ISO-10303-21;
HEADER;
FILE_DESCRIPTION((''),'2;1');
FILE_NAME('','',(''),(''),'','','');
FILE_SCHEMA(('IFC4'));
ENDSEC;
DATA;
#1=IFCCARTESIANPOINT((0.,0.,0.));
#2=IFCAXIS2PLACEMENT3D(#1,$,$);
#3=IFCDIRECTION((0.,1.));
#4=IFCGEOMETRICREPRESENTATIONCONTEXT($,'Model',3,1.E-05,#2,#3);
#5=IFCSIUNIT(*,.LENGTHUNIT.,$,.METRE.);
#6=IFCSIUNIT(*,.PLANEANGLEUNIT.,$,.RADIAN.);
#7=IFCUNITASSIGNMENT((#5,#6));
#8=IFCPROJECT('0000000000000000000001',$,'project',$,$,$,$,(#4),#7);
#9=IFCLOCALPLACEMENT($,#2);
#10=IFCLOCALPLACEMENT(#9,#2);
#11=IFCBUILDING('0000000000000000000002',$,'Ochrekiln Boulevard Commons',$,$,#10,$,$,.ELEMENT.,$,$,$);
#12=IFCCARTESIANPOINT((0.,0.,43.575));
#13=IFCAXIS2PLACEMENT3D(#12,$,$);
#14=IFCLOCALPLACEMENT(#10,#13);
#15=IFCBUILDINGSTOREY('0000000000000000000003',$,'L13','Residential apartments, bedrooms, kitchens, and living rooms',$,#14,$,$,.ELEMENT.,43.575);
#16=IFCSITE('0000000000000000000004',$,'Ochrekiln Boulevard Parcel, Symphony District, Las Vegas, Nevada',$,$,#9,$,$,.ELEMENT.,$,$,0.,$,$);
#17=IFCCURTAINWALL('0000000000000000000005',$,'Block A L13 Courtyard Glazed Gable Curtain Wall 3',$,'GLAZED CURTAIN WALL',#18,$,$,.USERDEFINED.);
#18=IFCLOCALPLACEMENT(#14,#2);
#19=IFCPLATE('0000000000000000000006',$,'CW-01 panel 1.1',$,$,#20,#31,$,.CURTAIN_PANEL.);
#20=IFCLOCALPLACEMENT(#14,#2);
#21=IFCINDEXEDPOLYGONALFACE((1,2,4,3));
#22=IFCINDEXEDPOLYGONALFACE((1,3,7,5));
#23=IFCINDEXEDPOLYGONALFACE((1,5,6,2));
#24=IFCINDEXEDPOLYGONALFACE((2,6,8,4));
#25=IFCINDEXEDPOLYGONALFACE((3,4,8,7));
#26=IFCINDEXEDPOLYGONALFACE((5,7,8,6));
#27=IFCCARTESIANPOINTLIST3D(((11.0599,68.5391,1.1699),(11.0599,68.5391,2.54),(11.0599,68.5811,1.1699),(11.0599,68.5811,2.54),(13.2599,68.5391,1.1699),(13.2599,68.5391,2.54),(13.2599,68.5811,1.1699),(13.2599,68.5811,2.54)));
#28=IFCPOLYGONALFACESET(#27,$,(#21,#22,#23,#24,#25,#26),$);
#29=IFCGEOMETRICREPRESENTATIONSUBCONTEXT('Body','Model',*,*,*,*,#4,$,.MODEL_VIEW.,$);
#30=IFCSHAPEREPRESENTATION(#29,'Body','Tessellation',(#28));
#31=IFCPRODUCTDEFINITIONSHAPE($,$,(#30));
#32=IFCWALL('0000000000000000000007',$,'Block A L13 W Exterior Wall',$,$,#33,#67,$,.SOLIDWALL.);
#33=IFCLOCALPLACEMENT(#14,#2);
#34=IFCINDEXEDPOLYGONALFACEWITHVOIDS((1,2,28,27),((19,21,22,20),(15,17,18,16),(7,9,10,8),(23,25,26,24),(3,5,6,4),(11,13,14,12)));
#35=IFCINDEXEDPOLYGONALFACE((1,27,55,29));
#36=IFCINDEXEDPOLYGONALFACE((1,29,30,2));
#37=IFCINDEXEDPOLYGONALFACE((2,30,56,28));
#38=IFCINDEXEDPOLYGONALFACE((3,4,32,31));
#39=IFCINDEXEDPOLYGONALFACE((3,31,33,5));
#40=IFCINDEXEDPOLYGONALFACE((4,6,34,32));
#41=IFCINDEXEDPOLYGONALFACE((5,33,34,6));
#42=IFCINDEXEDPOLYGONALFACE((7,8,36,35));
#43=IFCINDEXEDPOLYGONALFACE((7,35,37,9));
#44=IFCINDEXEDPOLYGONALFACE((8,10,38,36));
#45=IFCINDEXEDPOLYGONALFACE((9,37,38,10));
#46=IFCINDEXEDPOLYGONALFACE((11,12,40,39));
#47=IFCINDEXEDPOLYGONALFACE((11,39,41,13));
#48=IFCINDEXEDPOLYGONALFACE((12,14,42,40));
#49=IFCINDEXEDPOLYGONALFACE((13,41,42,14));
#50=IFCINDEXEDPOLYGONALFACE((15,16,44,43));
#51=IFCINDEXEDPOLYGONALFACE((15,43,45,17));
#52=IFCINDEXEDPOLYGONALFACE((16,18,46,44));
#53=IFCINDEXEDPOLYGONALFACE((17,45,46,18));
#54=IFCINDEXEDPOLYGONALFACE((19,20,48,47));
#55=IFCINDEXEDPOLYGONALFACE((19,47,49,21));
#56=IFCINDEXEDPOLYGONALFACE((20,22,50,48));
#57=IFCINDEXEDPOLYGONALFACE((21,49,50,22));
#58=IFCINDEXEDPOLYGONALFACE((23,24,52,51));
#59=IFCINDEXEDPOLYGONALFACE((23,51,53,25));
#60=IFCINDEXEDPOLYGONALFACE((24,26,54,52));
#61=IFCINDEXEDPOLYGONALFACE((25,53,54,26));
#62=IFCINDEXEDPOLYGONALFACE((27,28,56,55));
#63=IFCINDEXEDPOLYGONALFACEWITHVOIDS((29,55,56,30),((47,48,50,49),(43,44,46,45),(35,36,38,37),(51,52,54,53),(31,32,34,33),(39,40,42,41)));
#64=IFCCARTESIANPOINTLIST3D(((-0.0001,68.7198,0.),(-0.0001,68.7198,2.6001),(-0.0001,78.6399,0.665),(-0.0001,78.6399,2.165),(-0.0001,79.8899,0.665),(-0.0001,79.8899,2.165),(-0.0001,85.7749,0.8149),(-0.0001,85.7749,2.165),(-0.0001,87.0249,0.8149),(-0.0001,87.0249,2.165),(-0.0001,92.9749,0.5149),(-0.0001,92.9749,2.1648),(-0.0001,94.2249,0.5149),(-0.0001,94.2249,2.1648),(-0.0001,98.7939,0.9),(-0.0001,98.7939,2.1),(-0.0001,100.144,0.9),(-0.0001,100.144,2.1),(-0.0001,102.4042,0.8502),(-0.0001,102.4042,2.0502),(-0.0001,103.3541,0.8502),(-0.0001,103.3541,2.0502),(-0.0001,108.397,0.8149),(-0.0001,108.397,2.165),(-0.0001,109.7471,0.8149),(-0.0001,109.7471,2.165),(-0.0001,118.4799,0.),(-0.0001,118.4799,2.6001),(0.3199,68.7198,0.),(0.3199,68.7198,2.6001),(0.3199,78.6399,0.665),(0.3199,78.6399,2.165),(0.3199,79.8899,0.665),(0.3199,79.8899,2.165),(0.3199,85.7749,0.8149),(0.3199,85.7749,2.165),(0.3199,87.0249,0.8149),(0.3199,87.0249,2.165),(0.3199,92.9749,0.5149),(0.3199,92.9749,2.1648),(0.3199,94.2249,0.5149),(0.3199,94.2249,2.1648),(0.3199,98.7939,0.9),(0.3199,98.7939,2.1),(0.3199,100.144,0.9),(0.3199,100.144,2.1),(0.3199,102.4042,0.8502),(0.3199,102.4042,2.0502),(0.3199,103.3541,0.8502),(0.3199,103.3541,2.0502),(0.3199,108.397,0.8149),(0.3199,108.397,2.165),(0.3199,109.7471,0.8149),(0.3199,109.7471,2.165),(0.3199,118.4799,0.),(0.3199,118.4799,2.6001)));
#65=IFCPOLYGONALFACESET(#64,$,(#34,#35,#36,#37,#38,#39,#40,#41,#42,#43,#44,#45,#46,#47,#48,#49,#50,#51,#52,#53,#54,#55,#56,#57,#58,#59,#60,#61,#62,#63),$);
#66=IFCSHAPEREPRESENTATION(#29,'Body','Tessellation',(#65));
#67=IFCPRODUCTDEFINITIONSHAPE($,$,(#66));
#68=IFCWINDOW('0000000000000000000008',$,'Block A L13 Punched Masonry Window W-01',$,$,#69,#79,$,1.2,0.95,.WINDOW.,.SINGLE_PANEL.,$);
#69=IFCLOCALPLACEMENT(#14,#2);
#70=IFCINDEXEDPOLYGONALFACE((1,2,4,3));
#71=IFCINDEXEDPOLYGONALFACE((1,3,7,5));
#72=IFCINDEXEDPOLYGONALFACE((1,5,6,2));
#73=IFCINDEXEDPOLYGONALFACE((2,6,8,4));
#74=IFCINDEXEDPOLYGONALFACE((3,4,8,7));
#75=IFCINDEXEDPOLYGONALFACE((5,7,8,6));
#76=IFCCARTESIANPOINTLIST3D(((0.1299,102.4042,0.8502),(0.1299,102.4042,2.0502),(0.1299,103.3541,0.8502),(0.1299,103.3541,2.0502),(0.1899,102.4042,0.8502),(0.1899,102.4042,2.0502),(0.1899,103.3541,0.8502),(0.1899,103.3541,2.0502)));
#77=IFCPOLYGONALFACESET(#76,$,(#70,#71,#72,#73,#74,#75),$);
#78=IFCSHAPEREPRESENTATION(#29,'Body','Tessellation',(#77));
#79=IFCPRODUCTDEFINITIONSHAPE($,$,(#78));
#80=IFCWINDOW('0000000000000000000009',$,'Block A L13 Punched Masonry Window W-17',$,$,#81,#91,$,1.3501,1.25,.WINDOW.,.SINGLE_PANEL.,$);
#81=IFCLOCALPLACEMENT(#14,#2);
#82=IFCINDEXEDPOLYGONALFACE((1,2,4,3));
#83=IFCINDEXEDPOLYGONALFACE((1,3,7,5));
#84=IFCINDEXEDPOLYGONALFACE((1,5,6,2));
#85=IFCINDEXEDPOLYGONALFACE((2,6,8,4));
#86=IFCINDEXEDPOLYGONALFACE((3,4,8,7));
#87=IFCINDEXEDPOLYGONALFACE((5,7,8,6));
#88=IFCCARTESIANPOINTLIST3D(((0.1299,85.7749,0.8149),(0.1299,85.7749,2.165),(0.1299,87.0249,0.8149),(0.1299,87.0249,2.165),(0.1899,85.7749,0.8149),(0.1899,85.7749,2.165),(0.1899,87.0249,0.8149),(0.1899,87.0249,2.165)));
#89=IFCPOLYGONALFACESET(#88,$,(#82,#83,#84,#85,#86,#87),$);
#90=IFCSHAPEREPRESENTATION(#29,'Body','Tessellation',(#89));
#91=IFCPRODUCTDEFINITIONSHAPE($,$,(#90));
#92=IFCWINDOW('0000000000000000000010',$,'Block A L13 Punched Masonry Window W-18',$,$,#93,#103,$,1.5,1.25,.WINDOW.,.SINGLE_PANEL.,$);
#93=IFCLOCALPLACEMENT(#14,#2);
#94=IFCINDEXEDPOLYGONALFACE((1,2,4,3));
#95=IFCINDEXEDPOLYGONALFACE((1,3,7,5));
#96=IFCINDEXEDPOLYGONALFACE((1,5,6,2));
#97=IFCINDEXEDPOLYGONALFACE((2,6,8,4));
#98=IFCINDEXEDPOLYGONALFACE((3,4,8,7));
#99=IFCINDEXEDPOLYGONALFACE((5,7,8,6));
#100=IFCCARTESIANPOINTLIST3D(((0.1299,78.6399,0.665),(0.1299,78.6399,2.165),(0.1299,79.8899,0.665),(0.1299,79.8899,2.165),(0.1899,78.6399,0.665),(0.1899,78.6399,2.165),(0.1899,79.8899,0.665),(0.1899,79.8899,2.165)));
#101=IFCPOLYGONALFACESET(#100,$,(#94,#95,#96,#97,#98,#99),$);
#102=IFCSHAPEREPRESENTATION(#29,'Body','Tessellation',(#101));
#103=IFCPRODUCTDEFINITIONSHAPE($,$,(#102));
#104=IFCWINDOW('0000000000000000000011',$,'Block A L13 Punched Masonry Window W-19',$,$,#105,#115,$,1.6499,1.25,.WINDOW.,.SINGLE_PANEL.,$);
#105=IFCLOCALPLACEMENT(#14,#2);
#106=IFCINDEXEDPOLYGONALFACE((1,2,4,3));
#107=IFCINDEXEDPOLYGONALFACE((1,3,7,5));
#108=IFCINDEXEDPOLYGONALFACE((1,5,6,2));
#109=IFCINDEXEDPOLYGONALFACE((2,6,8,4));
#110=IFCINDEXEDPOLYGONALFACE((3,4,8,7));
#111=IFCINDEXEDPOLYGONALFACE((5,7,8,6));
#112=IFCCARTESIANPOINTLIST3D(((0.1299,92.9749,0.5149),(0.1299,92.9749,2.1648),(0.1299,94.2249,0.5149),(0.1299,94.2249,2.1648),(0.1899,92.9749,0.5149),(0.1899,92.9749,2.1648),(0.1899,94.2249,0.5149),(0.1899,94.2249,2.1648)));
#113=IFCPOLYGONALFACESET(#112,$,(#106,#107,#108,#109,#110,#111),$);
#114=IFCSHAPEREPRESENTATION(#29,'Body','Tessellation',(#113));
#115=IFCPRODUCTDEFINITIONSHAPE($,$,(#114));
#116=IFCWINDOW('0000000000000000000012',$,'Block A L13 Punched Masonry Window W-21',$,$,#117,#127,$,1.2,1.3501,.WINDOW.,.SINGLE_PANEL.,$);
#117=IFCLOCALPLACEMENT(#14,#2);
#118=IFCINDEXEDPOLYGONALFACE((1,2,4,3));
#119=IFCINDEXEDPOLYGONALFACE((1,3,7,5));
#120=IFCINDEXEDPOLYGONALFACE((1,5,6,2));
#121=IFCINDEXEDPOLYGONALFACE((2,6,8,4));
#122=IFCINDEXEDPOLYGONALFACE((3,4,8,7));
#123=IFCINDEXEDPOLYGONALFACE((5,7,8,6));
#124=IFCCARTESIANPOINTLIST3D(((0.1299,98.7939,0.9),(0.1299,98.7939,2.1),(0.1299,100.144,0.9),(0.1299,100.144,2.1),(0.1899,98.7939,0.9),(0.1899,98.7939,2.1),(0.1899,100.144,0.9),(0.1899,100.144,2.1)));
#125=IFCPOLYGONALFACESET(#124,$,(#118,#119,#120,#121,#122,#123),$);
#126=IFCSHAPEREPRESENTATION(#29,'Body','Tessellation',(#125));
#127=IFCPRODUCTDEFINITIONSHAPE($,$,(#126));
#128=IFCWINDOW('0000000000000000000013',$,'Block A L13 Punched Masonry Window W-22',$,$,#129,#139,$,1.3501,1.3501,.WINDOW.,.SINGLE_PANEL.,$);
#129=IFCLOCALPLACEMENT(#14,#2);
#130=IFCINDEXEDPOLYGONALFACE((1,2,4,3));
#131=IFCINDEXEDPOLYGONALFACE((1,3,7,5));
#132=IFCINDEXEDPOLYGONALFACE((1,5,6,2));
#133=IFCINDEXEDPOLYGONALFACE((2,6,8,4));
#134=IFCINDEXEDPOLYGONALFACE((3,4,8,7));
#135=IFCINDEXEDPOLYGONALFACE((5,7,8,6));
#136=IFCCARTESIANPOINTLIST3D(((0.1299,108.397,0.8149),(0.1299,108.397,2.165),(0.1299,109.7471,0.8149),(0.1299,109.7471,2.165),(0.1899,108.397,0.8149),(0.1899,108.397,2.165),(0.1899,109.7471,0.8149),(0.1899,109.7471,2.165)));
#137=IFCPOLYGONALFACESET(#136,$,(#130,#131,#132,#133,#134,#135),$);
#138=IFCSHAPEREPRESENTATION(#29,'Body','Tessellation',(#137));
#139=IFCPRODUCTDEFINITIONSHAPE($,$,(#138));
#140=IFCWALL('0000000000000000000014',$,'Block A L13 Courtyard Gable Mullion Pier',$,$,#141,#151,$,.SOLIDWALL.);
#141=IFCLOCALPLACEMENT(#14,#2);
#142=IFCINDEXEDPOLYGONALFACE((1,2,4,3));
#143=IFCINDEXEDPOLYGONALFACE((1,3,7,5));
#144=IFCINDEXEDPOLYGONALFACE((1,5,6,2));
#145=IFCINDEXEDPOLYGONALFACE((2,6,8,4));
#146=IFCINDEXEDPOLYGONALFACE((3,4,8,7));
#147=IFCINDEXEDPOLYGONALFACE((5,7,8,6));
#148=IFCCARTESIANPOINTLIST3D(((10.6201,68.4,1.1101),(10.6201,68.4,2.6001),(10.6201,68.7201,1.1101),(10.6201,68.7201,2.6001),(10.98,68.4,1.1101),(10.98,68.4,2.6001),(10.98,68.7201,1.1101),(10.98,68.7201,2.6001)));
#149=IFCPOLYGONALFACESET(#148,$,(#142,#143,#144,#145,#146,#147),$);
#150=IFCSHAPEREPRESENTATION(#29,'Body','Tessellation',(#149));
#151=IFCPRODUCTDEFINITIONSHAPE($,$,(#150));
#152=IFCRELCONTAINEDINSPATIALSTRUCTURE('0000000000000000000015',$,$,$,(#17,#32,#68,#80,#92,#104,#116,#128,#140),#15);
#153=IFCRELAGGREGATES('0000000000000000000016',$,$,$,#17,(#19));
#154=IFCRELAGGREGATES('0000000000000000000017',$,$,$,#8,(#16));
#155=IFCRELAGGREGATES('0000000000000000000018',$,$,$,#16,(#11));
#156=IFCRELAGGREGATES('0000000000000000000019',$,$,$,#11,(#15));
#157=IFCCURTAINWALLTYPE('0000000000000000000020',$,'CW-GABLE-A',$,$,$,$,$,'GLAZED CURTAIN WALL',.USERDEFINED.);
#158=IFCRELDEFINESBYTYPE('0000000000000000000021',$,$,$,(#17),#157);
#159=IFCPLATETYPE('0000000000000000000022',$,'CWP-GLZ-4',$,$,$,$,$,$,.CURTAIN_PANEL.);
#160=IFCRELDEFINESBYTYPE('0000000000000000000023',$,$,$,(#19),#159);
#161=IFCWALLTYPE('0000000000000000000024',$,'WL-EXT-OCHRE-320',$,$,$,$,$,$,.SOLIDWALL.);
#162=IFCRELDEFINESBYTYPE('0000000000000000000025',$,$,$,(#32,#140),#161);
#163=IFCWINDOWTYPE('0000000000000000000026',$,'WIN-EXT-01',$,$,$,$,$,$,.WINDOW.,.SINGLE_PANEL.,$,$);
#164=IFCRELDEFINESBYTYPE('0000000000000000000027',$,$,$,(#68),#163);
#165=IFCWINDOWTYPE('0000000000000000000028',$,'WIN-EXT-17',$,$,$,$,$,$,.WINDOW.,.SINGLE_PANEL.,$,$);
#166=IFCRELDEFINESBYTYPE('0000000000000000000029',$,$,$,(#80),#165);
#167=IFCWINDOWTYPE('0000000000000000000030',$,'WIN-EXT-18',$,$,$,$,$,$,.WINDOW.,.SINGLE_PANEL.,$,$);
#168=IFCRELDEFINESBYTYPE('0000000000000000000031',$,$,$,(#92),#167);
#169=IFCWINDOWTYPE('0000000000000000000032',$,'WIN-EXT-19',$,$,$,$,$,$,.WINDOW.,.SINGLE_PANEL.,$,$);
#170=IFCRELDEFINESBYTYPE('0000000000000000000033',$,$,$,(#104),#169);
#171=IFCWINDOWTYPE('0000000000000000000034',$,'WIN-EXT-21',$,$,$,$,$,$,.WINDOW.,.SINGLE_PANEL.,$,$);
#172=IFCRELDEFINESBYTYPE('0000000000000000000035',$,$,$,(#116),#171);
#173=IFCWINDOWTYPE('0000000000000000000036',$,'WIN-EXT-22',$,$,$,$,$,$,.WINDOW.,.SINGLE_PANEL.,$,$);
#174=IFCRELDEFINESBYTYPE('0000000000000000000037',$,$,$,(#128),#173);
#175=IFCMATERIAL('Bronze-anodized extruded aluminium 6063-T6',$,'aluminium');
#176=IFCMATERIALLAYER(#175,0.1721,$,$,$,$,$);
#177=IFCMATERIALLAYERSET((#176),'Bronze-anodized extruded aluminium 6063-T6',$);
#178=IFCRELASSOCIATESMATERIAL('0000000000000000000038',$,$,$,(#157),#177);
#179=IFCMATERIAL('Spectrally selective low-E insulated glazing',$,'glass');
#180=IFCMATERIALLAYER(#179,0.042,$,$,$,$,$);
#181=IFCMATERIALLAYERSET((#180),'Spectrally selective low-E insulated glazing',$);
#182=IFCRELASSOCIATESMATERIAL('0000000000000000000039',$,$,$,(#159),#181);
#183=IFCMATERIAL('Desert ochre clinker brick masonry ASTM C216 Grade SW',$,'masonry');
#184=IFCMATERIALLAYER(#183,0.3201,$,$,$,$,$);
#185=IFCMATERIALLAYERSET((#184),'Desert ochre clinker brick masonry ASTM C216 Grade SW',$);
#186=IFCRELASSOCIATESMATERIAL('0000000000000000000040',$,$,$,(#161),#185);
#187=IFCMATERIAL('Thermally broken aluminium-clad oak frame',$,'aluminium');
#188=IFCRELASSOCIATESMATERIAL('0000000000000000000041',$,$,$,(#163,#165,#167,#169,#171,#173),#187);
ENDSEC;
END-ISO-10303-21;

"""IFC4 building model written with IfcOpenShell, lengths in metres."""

from ifc_helpers import new_model, si_unit, direction, frame, frame_2d, origin, origin_2d, place, context, subcontext, project, spatial, rectangle, extrude, material, layer, layer_set, type_object, element, fill, aggregate, save


model = new_model("IFC4")

# Units and contexts
model_context = context("Model", 3, precision=1e-05, world=origin(), true_north=direction((0.0, 1.0)))
body_context = subcontext(model_context, "Body", "Model", "MODEL_VIEW")
ifc_project = project(units=[si_unit("LENGTHUNIT", "METRE"), si_unit("PLANEANGLEUNIT", "RADIAN")], contexts=[model_context])

# Site, building, storey
site_placement = place(None, origin())
site = spatial("IfcSite", under=ifc_project, at=site_placement, Name="Ochrekiln Boulevard Parcel, Symphony District, Las Vegas, Nevada", CompositionType="ELEMENT", RefElevation=0.0)
building_placement = place(site_placement, origin())
building = spatial("IfcBuilding", under=site, at=building_placement, Name="Ochrekiln Boulevard Commons", CompositionType="ELEMENT")
storey_placement = place(building_placement, frame((0.0, 0.0, 43.575)))
storey = spatial("IfcBuildingStorey", under=building, at=storey_placement, Name="L13", Description="Residential apartments, bedrooms, kitchens, and living rooms", CompositionType="ELEMENT", Elevation=43.575)

# Curtain wall
ifc_material_1 = material(Name="Bronze-anodized extruded aluminium 6063-T6", Category="aluminium")
ifc_layer_1 = layer(ifc_material_1, 0.1721)
ifc_layer_set_1 = layer_set([ifc_layer_1], Name="Bronze-anodized extruded aluminium 6063-T6")
curtain_wall_type = type_object("IfcCurtainWallType", Name="CW-GABLE-A", ElementType="GLAZED CURTAIN WALL", PredefinedType="USERDEFINED", material=ifc_layer_set_1)
curtain_wall_1_placement = place(storey_placement, origin())
curtain_wall_1 = element("IfcCurtainWall", 1, at=curtain_wall_1_placement, inside=storey, type_object=curtain_wall_type, Name="Block A L13 Courtyard Glazed Gable Curtain Wall 3", ObjectType="GLAZED CURTAIN WALL", PredefinedType="USERDEFINED")

# Plate
ifc_material_2 = material(Name="Spectrally selective low-E insulated glazing", Category="glass")
ifc_layer_2 = layer(ifc_material_2, 0.042)
ifc_layer_set_2 = layer_set([ifc_layer_2], Name="Spectrally selective low-E insulated glazing")
plate_type_1 = type_object("IfcPlateType", Name="CWP-GLZ-4", PredefinedType="CURTAIN_PANEL", material=ifc_layer_set_2)
plate_1_placement = place(storey_placement, frame((12.1599, 68.5601, 1.1699), z_axis=(0.0, 0.0, 1.0), x_axis=(1.0, 0.0, 0.0)))
plate_1 = element("IfcPlate", 2, at=plate_1_placement, type_object=plate_type_1, Name="CW-01 panel 1.1", PredefinedType="CURTAIN_PANEL", context=body_context, shape_type="SweptSolid", body=[
    extrude(rectangle(XDim=2.2, YDim=0.042, at=origin_2d()), origin(), (0.0, 0.0, 1.0), 1.3701),
])
aggregate(curtain_wall_1, [plate_1])

# Wall, openings, windows
ifc_material_3 = material(Name="Desert ochre clinker brick masonry ASTM C216 Grade SW", Category="masonry")
ifc_layer_3 = layer(ifc_material_3, 0.3201)
ifc_layer_set_3 = layer_set([ifc_layer_3], Name="Desert ochre clinker brick masonry ASTM C216 Grade SW")
wall_type_1 = type_object("IfcWallType", Name="WL-EXT-OCHRE-320", PredefinedType="SOLIDWALL", material=ifc_layer_set_3)
wall_1_placement = place(storey_placement, frame((0.1599, 68.72, 0.0), z_axis=(0.0, 0.0, 1.0), x_axis=(0.0, 1.0, 0.0)))
wall_1 = element("IfcWall", 3, at=wall_1_placement, inside=storey, type_object=wall_type_1, Name="Block A L13 W Exterior Wall", PredefinedType="SOLIDWALL", context=body_context, shape_type="SweptSolid", body=[
    extrude(rectangle(XDim=49.76, YDim=0.3201, at=frame_2d((24.8799, 0.0))), origin(), (0.0, 0.0, 1.0), 2.6001),
])
opening_1_placement = place(wall_1_placement, frame((17.0549, 0.0, 0.8149)))
opening_1 = element("IfcOpeningElement", 4, at=opening_1_placement, cuts=wall_1, PredefinedType="OPENING", context=body_context, shape_type="SweptSolid", body=[
    extrude(rectangle(XDim=1.25, YDim=1.3501, at=frame_2d((0.625, 0.675))), frame((0.0, 0.1699, 0.0), z_axis=(0.0, -1.0, 0.0), x_axis=(1.0, 0.0, 0.0)), (0.0, 0.0, 1.0), 0.3401),
])
opening_2_placement = place(wall_1_placement, frame((9.9199, 0.0, 0.665)))
opening_2 = element("IfcOpeningElement", 5, at=opening_2_placement, cuts=wall_1, PredefinedType="OPENING", context=body_context, shape_type="SweptSolid", body=[
    extrude(rectangle(XDim=1.25, YDim=1.5, at=frame_2d((0.625, 0.75))), frame((0.0, 0.1699, 0.0), z_axis=(0.0, -1.0, 0.0), x_axis=(1.0, 0.0, 0.0)), (0.0, 0.0, 1.0), 0.3401),
])
opening_3_placement = place(wall_1_placement, frame((24.2549, 0.0, 0.5149)))
opening_3 = element("IfcOpeningElement", 6, at=opening_3_placement, cuts=wall_1, PredefinedType="OPENING", context=body_context, shape_type="SweptSolid", body=[
    extrude(rectangle(XDim=1.25, YDim=1.6499, at=frame_2d((0.625, 0.825))), frame((0.0, 0.1699, 0.0), z_axis=(0.0, -1.0, 0.0), x_axis=(1.0, 0.0, 0.0)), (0.0, 0.0, 1.0), 0.3401),
])
opening_4_placement = place(wall_1_placement, frame((33.6841, 0.0, 0.8501)))
opening_4 = element("IfcOpeningElement", 7, at=opening_4_placement, cuts=wall_1, PredefinedType="OPENING", context=body_context, shape_type="SweptSolid", body=[
    extrude(rectangle(XDim=0.95, YDim=1.2, at=frame_2d((0.4751, 0.6001))), frame((0.0, 0.1699, 0.0), z_axis=(0.0, -1.0, 0.0), x_axis=(1.0, 0.0, 0.0)), (0.0, 0.0, 1.0), 0.3401),
])
opening_5_placement = place(wall_1_placement, frame((30.074, 0.0, 0.8999)))
opening_5 = element("IfcOpeningElement", 8, at=opening_5_placement, cuts=wall_1, PredefinedType="OPENING", context=body_context, shape_type="SweptSolid", body=[
    extrude(rectangle(XDim=1.3501, YDim=1.2, at=frame_2d((0.675, 0.6001))), frame((0.0, 0.1699, 0.0), z_axis=(0.0, -1.0, 0.0), x_axis=(1.0, 0.0, 0.0)), (0.0, 0.0, 1.0), 0.3401),
])
opening_6_placement = place(wall_1_placement, frame((39.677, 0.0, 0.8149)))
opening_6 = element("IfcOpeningElement", 9, at=opening_6_placement, cuts=wall_1, PredefinedType="OPENING", context=body_context, shape_type="SweptSolid", body=[
    extrude(rectangle(XDim=1.3501, YDim=1.3501, at=frame_2d((0.675, 0.675))), frame((0.0, 0.1699, 0.0), z_axis=(0.0, -1.0, 0.0), x_axis=(1.0, 0.0, 0.0)), (0.0, 0.0, 1.0), 0.3401),
])
ifc_material_4 = material(Name="Thermally broken aluminium-clad oak frame", Category="aluminium")
window_type_1 = type_object("IfcWindowType", Name="WIN-EXT-01", PartitioningType="SINGLE_PANEL", PredefinedType="WINDOW", material=ifc_material_4)
window_1_placement = place(opening_4_placement, origin())
window_1 = element("IfcWindow", 10, at=window_1_placement, inside=storey, type_object=window_type_1, Name="Block A L13 Punched Masonry Window W-01", OverallHeight=1.2, OverallWidth=0.95, PartitioningType="SINGLE_PANEL", PredefinedType="WINDOW", context=body_context, shape_type="SweptSolid", body=[
    extrude(rectangle(XDim=0.95, YDim=1.2, at=frame_2d((0.4751, 0.6001))), frame((0.0, 0.03, 0.0), z_axis=(0.0, -1.0, 0.0), x_axis=(1.0, 0.0, 0.0)), (0.0, 0.0, 1.0), 0.0601),
])
fill(opening_4, window_1)
window_type_2 = type_object("IfcWindowType", Name="WIN-EXT-17", PartitioningType="SINGLE_PANEL", PredefinedType="WINDOW", material=ifc_material_4)
window_2_placement = place(opening_1_placement, origin())
window_2 = element("IfcWindow", 11, at=window_2_placement, inside=storey, type_object=window_type_2, Name="Block A L13 Punched Masonry Window W-17", OverallHeight=1.3501, OverallWidth=1.25, PartitioningType="SINGLE_PANEL", PredefinedType="WINDOW", context=body_context, shape_type="SweptSolid", body=[
    extrude(rectangle(XDim=1.25, YDim=1.3501, at=frame_2d((0.625, 0.675))), frame((0.0, 0.03, 0.0), z_axis=(0.0, -1.0, 0.0), x_axis=(1.0, 0.0, 0.0)), (0.0, 0.0, 1.0), 0.0601),
])
fill(opening_1, window_2)
window_type_3 = type_object("IfcWindowType", Name="WIN-EXT-18", PartitioningType="SINGLE_PANEL", PredefinedType="WINDOW", material=ifc_material_4)
window_3_placement = place(opening_2_placement, origin())
window_3 = element("IfcWindow", 12, at=window_3_placement, inside=storey, type_object=window_type_3, Name="Block A L13 Punched Masonry Window W-18", OverallHeight=1.5, OverallWidth=1.25, PartitioningType="SINGLE_PANEL", PredefinedType="WINDOW", context=body_context, shape_type="SweptSolid", body=[
    extrude(rectangle(XDim=1.25, YDim=1.5, at=frame_2d((0.625, 0.75))), frame((0.0, 0.03, 0.0), z_axis=(0.0, -1.0, 0.0), x_axis=(1.0, 0.0, 0.0)), (0.0, 0.0, 1.0), 0.0601),
])
fill(opening_2, window_3)
window_type_4 = type_object("IfcWindowType", Name="WIN-EXT-19", PartitioningType="SINGLE_PANEL", PredefinedType="WINDOW", material=ifc_material_4)
window_4_placement = place(opening_3_placement, origin())
window_4 = element("IfcWindow", 13, at=window_4_placement, inside=storey, type_object=window_type_4, Name="Block A L13 Punched Masonry Window W-19", OverallHeight=1.6499, OverallWidth=1.25, PartitioningType="SINGLE_PANEL", PredefinedType="WINDOW", context=body_context, shape_type="SweptSolid", body=[
    extrude(rectangle(XDim=1.25, YDim=1.6499, at=frame_2d((0.625, 0.825))), frame((0.0, 0.03, 0.0), z_axis=(0.0, -1.0, 0.0), x_axis=(1.0, 0.0, 0.0)), (0.0, 0.0, 1.0), 0.0601),
])
fill(opening_3, window_4)
window_type_5 = type_object("IfcWindowType", Name="WIN-EXT-21", PartitioningType="SINGLE_PANEL", PredefinedType="WINDOW", material=ifc_material_4)
window_5_placement = place(opening_5_placement, origin())
window_5 = element("IfcWindow", 14, at=window_5_placement, inside=storey, type_object=window_type_5, Name="Block A L13 Punched Masonry Window W-21", OverallHeight=1.2, OverallWidth=1.3501, PartitioningType="SINGLE_PANEL", PredefinedType="WINDOW", context=body_context, shape_type="SweptSolid", body=[
    extrude(rectangle(XDim=1.3501, YDim=1.2, at=frame_2d((0.675, 0.6001))), frame((0.0, 0.03, 0.0), z_axis=(0.0, -1.0, 0.0), x_axis=(1.0, 0.0, 0.0)), (0.0, 0.0, 1.0), 0.0601),
])
fill(opening_5, window_5)
window_type_6 = type_object("IfcWindowType", Name="WIN-EXT-22", PartitioningType="SINGLE_PANEL", PredefinedType="WINDOW", material=ifc_material_4)
window_6_placement = place(opening_6_placement, origin())
window_6 = element("IfcWindow", 15, at=window_6_placement, inside=storey, type_object=window_type_6, Name="Block A L13 Punched Masonry Window W-22", OverallHeight=1.3501, OverallWidth=1.3501, PartitioningType="SINGLE_PANEL", PredefinedType="WINDOW", context=body_context, shape_type="SweptSolid", body=[
    extrude(rectangle(XDim=1.3501, YDim=1.3501, at=frame_2d((0.675, 0.675))), frame((0.0, 0.03, 0.0), z_axis=(0.0, -1.0, 0.0), x_axis=(1.0, 0.0, 0.0)), (0.0, 0.0, 1.0), 0.0601),
])
fill(opening_6, window_6)

# Wall
wall_2_placement = place(storey_placement, frame((10.6201, 68.5601, 1.1101), z_axis=(0.0, 0.0, 1.0), x_axis=(1.0, 0.0, 0.0)))
element("IfcWall", 16, at=wall_2_placement, inside=storey, type_object=wall_type_1, Name="Block A L13 Courtyard Gable Mullion Pier", PredefinedType="SOLIDWALL", context=body_context, shape_type="SweptSolid", body=[
    extrude(rectangle(XDim=0.3599, YDim=0.3201, at=frame_2d((0.1799, 0.0))), origin(), (0.0, 0.0, 1.0), 1.49),
])

save(model, "model.ifc")
